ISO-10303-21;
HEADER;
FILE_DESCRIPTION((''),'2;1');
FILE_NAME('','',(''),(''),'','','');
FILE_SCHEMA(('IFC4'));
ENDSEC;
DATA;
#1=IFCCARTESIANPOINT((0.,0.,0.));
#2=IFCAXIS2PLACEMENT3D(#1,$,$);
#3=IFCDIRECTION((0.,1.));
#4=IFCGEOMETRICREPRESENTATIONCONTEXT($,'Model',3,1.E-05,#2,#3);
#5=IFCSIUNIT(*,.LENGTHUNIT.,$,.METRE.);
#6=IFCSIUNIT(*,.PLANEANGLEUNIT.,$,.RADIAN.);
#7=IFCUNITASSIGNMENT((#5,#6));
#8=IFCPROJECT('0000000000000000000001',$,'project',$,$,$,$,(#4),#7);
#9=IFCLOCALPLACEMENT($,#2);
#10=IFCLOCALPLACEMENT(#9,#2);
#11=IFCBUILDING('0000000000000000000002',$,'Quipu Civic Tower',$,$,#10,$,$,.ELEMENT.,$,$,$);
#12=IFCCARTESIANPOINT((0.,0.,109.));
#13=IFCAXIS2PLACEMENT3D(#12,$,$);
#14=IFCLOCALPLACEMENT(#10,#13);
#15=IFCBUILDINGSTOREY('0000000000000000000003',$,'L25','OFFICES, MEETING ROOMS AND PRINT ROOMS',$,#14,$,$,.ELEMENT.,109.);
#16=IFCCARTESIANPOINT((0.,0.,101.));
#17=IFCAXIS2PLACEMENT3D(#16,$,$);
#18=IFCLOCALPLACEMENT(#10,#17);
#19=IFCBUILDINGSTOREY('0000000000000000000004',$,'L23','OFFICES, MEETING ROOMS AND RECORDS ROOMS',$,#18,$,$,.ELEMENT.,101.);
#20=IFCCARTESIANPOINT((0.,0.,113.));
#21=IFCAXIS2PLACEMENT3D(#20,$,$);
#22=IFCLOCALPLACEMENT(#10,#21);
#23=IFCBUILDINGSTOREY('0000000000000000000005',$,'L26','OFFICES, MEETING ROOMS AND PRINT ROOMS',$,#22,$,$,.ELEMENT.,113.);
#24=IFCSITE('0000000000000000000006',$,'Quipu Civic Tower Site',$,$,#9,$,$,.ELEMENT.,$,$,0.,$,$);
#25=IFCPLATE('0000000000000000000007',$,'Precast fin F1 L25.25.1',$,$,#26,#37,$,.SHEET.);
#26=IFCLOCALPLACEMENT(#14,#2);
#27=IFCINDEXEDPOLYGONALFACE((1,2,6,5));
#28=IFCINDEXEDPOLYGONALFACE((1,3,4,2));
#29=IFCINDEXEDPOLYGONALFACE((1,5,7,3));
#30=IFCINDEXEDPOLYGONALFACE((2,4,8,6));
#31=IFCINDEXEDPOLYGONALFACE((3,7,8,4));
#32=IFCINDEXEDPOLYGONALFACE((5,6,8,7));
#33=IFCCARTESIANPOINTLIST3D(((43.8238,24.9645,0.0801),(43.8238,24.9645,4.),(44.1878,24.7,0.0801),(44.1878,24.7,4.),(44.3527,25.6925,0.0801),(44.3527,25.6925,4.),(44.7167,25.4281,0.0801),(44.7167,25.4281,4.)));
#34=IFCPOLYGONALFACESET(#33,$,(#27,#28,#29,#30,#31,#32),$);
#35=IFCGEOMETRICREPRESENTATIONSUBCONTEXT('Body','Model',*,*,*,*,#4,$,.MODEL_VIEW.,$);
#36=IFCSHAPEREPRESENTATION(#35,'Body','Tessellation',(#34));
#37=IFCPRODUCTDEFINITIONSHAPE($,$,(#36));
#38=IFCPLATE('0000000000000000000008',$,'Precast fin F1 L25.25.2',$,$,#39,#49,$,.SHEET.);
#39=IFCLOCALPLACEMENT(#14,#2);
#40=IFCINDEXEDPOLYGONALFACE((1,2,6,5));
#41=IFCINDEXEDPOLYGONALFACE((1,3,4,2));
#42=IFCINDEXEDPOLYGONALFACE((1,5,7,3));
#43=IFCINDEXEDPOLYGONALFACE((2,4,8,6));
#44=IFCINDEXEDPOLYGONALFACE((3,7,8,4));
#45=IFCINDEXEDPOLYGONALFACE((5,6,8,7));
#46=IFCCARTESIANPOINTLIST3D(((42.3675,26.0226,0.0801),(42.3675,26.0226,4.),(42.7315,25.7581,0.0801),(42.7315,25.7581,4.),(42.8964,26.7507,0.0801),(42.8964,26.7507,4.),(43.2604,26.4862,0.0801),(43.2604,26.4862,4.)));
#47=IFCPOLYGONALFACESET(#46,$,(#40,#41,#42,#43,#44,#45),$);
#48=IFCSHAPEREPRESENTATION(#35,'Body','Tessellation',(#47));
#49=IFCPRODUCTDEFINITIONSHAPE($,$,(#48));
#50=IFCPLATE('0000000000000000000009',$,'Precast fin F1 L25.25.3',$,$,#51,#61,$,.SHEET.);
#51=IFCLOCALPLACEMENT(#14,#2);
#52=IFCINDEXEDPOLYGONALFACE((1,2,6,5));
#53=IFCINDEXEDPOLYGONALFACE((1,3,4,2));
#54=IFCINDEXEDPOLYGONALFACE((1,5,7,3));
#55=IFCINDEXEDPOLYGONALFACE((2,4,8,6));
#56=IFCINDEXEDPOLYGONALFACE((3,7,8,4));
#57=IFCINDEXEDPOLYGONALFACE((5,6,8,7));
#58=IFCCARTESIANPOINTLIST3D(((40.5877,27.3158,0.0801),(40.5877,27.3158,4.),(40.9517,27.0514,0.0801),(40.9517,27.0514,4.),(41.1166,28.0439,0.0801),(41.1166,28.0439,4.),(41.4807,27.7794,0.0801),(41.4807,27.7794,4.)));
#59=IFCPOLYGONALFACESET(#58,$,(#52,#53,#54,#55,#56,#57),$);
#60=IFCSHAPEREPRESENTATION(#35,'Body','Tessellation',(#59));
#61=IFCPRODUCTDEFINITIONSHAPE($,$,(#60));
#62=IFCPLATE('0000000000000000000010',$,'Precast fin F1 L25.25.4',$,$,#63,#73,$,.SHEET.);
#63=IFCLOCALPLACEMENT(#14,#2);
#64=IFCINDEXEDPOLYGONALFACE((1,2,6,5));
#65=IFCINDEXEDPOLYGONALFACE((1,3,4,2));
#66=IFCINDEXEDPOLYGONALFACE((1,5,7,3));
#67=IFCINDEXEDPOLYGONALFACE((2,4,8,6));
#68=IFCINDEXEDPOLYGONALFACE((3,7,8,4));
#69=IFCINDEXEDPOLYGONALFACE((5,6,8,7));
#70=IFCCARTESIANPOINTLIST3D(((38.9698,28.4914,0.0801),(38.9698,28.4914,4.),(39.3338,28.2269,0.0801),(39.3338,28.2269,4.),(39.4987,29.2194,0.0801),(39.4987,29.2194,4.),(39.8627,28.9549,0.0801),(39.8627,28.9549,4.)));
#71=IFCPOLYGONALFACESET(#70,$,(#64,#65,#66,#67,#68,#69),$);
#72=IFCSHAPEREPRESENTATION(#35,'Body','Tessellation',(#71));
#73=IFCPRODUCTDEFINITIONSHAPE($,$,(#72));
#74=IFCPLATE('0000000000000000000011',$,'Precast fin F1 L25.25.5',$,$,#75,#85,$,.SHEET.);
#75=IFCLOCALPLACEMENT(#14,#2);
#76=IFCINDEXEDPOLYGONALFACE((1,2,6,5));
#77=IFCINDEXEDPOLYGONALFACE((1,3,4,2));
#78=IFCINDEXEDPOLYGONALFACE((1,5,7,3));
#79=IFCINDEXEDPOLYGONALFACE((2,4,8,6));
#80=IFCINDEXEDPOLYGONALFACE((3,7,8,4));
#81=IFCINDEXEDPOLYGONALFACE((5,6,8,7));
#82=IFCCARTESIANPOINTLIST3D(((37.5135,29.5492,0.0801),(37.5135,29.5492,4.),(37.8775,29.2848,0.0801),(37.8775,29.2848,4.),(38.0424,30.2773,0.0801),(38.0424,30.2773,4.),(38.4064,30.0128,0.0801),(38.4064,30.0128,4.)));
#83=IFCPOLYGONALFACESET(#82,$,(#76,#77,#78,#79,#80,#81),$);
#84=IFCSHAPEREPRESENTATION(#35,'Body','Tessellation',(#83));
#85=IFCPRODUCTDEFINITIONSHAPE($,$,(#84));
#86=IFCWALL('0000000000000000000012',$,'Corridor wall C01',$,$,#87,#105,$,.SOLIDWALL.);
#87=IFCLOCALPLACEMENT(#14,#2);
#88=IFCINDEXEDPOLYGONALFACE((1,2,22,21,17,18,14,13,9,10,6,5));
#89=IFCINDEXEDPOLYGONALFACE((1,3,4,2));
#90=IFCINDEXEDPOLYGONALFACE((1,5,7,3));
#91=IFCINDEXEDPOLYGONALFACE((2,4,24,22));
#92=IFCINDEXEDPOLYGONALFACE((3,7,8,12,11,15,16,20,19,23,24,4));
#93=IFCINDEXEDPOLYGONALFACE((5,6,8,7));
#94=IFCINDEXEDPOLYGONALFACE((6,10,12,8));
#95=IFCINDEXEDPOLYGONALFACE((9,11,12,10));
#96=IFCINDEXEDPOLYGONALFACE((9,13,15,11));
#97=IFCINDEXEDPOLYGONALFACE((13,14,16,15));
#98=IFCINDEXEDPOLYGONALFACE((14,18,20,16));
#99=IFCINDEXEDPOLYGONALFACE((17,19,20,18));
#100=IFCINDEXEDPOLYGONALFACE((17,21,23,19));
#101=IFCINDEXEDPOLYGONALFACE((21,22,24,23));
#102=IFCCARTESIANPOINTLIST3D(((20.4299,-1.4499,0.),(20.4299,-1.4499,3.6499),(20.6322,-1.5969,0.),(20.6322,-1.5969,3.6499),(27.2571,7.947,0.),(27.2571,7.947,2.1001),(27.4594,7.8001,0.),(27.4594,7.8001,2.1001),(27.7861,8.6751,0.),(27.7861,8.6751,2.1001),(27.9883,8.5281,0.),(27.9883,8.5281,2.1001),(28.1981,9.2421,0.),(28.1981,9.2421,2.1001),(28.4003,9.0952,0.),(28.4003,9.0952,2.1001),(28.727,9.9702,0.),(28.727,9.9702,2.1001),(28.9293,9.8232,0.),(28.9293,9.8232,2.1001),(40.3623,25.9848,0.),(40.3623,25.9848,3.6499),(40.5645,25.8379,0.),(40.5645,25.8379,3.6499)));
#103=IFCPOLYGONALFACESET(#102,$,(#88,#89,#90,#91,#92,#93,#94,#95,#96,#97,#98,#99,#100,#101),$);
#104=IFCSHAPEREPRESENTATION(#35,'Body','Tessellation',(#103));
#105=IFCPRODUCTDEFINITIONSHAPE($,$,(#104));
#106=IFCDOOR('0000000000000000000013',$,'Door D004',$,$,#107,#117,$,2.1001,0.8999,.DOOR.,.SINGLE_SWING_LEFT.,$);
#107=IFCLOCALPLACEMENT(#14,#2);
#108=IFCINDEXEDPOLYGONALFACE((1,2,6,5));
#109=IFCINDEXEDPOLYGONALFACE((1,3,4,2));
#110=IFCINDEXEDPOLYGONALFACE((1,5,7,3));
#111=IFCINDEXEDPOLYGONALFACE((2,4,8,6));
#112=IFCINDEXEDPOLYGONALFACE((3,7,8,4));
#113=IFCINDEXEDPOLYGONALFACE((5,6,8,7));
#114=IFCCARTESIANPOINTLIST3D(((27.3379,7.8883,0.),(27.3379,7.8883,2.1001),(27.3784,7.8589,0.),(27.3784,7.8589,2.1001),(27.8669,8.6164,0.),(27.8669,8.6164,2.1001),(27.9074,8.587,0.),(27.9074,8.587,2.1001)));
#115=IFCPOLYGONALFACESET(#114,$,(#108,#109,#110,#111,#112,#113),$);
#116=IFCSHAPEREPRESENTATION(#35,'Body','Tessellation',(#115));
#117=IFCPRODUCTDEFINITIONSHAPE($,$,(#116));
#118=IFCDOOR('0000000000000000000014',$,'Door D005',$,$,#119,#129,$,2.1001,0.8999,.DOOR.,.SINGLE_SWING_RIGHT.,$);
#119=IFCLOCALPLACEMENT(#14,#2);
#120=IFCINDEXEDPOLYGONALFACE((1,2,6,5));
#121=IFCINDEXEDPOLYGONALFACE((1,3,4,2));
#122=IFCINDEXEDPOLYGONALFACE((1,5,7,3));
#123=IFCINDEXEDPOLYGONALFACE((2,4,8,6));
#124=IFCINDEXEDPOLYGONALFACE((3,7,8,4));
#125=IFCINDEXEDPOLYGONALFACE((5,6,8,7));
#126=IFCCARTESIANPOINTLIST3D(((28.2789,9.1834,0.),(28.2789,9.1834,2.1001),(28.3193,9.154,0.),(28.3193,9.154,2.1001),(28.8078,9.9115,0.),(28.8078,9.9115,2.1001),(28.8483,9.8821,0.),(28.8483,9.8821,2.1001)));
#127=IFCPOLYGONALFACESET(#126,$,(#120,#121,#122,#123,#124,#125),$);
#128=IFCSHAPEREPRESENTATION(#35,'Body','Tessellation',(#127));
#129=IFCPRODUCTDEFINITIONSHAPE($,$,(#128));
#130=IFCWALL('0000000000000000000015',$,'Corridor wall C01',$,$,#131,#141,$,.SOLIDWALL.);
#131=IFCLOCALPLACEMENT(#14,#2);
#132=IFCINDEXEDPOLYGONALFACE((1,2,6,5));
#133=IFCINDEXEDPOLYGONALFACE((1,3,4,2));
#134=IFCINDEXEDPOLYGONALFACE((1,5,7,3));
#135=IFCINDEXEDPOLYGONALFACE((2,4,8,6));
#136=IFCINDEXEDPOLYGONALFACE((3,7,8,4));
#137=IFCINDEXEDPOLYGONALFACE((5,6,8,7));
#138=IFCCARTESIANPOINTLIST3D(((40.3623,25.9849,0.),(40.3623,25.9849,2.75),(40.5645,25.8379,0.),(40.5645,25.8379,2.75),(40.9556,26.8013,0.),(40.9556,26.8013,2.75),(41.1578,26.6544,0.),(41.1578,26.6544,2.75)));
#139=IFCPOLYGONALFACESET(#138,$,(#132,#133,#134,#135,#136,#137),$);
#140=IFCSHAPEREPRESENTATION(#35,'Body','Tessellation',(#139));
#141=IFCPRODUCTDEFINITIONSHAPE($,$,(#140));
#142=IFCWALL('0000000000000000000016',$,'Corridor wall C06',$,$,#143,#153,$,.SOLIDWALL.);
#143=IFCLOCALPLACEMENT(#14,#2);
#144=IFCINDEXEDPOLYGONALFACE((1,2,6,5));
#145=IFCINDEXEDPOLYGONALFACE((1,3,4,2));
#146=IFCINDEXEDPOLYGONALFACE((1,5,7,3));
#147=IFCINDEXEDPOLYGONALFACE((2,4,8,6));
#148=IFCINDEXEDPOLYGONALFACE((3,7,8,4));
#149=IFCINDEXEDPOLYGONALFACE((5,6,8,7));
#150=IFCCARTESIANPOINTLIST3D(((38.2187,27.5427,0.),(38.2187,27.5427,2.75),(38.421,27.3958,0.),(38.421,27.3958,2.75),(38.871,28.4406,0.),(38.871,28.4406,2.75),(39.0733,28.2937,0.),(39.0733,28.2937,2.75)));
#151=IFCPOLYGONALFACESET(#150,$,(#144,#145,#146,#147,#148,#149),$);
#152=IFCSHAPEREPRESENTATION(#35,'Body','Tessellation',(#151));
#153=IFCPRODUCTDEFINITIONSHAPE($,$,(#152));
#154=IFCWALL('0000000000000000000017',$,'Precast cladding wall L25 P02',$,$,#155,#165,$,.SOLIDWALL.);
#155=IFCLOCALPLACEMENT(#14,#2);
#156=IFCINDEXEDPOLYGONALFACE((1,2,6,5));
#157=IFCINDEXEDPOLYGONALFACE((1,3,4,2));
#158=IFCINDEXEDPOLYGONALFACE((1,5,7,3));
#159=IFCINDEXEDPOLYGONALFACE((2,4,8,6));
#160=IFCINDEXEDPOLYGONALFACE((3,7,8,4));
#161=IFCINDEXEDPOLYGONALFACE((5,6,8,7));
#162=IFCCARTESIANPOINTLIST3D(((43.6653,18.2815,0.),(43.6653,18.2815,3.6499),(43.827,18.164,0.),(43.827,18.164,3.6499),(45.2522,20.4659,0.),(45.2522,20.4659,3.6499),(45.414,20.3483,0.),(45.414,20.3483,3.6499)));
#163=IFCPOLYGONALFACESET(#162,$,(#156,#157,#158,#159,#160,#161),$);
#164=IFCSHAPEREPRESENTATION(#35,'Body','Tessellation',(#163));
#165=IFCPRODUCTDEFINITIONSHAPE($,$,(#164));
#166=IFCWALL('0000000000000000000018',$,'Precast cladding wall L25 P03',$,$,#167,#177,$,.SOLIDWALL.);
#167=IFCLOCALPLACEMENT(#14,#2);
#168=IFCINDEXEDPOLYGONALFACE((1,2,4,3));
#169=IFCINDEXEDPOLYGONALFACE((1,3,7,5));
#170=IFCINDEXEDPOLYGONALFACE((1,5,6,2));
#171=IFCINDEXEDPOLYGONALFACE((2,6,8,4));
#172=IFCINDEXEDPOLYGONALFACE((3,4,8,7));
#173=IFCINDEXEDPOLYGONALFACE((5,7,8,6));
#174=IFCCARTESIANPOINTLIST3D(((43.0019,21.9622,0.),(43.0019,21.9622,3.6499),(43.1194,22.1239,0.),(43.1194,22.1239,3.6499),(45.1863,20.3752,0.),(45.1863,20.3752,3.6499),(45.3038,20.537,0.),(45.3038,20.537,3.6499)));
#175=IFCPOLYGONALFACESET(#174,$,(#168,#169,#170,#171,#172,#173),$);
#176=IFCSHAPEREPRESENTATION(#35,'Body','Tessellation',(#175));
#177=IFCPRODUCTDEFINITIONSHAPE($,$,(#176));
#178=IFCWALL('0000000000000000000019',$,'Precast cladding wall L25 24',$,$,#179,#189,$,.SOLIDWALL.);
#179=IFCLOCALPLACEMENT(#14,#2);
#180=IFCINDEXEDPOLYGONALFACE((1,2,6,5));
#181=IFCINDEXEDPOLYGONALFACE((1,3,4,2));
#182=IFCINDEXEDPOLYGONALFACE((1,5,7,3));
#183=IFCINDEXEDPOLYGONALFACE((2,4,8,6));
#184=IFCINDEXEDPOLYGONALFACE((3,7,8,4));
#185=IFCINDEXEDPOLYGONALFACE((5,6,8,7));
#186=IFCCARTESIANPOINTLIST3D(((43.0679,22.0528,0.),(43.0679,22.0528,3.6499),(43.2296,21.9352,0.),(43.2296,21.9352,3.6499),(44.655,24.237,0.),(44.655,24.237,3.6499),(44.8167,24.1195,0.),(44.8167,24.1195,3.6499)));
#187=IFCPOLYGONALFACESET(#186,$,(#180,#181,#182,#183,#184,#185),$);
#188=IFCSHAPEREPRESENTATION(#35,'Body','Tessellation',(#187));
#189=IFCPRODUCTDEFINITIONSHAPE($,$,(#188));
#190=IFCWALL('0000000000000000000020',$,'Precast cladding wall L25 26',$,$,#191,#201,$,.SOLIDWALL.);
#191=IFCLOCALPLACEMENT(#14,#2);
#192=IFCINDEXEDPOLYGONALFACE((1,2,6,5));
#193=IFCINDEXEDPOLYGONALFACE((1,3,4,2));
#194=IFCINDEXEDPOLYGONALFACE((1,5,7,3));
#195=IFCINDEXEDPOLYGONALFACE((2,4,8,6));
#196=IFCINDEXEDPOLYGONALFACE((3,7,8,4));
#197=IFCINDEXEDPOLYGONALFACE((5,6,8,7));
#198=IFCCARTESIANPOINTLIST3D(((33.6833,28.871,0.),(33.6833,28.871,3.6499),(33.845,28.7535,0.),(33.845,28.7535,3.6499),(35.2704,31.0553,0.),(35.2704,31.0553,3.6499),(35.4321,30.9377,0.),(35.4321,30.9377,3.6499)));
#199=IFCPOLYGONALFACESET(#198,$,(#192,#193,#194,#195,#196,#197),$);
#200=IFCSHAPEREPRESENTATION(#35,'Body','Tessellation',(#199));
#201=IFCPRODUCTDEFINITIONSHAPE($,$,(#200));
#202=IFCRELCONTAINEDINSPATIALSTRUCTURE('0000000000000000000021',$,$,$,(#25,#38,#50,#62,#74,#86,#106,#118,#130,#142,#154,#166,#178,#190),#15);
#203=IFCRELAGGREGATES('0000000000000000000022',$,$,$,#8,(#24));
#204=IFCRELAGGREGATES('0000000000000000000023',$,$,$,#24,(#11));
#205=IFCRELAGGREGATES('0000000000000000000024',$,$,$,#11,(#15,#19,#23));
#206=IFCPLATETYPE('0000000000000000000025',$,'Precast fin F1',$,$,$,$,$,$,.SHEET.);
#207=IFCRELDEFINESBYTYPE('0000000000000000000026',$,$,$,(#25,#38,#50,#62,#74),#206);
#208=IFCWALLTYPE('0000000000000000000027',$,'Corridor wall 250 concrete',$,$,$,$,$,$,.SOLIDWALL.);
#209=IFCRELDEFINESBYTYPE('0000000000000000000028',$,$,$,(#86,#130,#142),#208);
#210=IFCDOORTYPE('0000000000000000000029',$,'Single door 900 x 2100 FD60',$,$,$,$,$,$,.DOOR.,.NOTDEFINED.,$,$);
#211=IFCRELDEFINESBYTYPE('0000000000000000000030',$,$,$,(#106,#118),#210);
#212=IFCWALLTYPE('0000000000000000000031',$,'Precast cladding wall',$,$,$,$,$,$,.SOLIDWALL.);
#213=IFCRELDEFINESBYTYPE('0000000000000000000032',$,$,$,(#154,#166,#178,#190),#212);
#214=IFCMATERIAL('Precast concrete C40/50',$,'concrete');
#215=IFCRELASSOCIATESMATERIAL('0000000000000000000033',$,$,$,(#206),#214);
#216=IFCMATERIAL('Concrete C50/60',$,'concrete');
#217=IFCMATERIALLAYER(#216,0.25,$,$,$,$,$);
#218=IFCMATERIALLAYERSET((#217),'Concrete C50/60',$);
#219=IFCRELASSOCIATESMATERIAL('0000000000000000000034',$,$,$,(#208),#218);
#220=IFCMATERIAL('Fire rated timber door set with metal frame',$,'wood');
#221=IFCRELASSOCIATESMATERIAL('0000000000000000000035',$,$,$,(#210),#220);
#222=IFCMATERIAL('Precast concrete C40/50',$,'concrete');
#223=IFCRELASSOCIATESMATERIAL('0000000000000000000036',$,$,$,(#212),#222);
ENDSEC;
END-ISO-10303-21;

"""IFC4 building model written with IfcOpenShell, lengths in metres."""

from ifc_helpers import new_model, si_unit, direction, frame, frame_2d, origin, origin_2d, place, context, subcontext, project, spatial, rectangle, extrude, material, layer, layer_set, type_object, element, fill, save


model = new_model("IFC4")

# Units and contexts
model_context = context("Model", 3, precision=1e-05, world=origin(), true_north=direction((0.0, 1.0)))
body_context = subcontext(model_context, "Body", "Model", "MODEL_VIEW")
ifc_project = project(units=[si_unit("LENGTHUNIT", "METRE"), si_unit("PLANEANGLEUNIT", "RADIAN")], contexts=[model_context])

# Site, building, storey
site_placement = place(None, origin())
site = spatial("IfcSite", under=ifc_project, at=site_placement, Name="Quipu Civic Tower Site", CompositionType="ELEMENT", RefElevation=0.0)
building_placement = place(site_placement, origin())
building = spatial("IfcBuilding", under=site, at=building_placement, Name="Quipu Civic Tower", CompositionType="ELEMENT")
storey_1_placement = place(building_placement, frame((0.0, 0.0, 109.0)))
storey_1 = spatial("IfcBuildingStorey", under=building, at=storey_1_placement, Name="L25", Description="OFFICES, MEETING ROOMS AND PRINT ROOMS", CompositionType="ELEMENT", Elevation=109.0)

# Shared definitions
storey_2_placement = place(building_placement, frame((0.0, 0.0, 101.0)))
storey_2 = spatial("IfcBuildingStorey", under=building, at=storey_2_placement, Name="L23", Description="OFFICES, MEETING ROOMS AND RECORDS ROOMS", CompositionType="ELEMENT", Elevation=101.0)

# Shared definitions
storey_3_placement = place(building_placement, frame((0.0, 0.0, 113.0)))
storey_3 = spatial("IfcBuildingStorey", under=building, at=storey_3_placement, Name="L26", Description="OFFICES, MEETING ROOMS AND PRINT ROOMS", CompositionType="ELEMENT", Elevation=113.0)

# Plates
ifc_material_1 = material(Name="Precast concrete C40/50", Category="concrete")
plate_type_1 = type_object("IfcPlateType", Name="Precast fin F1", PredefinedType="SHEET", material=ifc_material_1)
for number, where, z_axis, x_axis, name in (
    (1, (44.2703, 25.1963, 0.0801), (0.0, 0.0, 1.0), (-0.809017, 0.587785, 0.0), "Precast fin F1 L25.25.1"),
    (2, (42.814, 26.2544, 0.0801), (0.0, 0.0, 1.0), (-0.809017, 0.587785, 0.0), "Precast fin F1 L25.25.2"),
    (3, (41.0342, 27.5476, 0.0801), (0.0, 0.0, 1.0), (-0.809017, 0.587785, 0.0), "Precast fin F1 L25.25.3"),
    (4, (39.4163, 28.7231, 0.0801), (0.0, 0.0, 1.0), (-0.809017, 0.587785, 0.0), "Precast fin F1 L25.25.4"),
    (5, (37.96, 29.781, 0.0801), (0.0, 0.0, 1.0), (-0.809017, 0.587785, 0.0), "Precast fin F1 L25.25.5"),
):
    element("IfcPlate", number, at=place(storey_1_placement, frame(where, z_axis=z_axis, x_axis=x_axis)), inside=storey_1, type_object=plate_type_1, Name=name, PredefinedType="SHEET", context=body_context, shape_type="SweptSolid", body=[
        extrude(rectangle(XDim=0.45, YDim=0.8999, at=origin_2d()), origin(), (0.0, 0.0, 1.0), 3.9199),
    ])

# Wall, openings, doors
ifc_material_2 = material(Name="Concrete C50/60", Category="concrete")
ifc_layer_1 = layer(ifc_material_2, 0.25)
ifc_layer_set_1 = layer_set([ifc_layer_1], Name="Concrete C50/60")
wall_type_1 = type_object("IfcWallType", Name="Corridor wall 250 concrete", PredefinedType="SOLIDWALL", material=ifc_layer_set_1)
wall_1_placement = place(storey_1_placement, frame((40.4634, 25.9114, 0.0), z_axis=(0.0, 0.0, 1.0), x_axis=(-0.587782, -0.80902, 0.0)))
wall_1 = element("IfcWall", 6, at=wall_1_placement, inside=storey_1, type_object=wall_type_1, Name="Corridor wall C01", PredefinedType="SOLIDWALL", context=body_context, shape_type="SweptSolid", body=[
    extrude(rectangle(XDim=33.9111, YDim=0.25, at=frame_2d((16.9556, 0.0))), origin(), (0.0, 0.0, 1.0), 3.6499),
])
opening_1_placement = place(wall_1_placement, frame((21.396, 0.0, 0.0)))
opening_1 = element("IfcOpeningElement", 7, at=opening_1_placement, cuts=wall_1, PredefinedType="OPENING", context=body_context, shape_type="SweptSolid", body=[
    extrude(rectangle(XDim=0.8999, YDim=2.1001, at=frame_2d((0.45, 1.05))), frame((0.0, 0.135, 0.0), z_axis=(0.0, -1.0, 0.0), x_axis=(1.0, 0.0, 0.0)), (0.0, 0.0, 1.0), 0.27),
])
opening_2_placement = place(wall_1_placement, frame((19.7952, 0.0, 0.0)))
opening_2 = element("IfcOpeningElement", 8, at=opening_2_placement, cuts=wall_1, PredefinedType="OPENING", context=body_context, shape_type="SweptSolid", body=[
    extrude(rectangle(XDim=0.8999, YDim=2.1001, at=frame_2d((0.45, 1.05))), frame((0.0, 0.135, 0.0), z_axis=(0.0, -1.0, 0.0), x_axis=(1.0, 0.0, 0.0)), (0.0, 0.0, 1.0), 0.27),
])
ifc_material_3 = material(Name="Fire rated timber door set with metal frame", Category="wood")
door_type = type_object("IfcDoorType", Name="Single door 900 x 2100 FD60", OperationType="NOTDEFINED", PredefinedType="DOOR", material=ifc_material_3)
door_1_placement = place(opening_1_placement, origin())
door_1 = element("IfcDoor", 9, at=door_1_placement, inside=storey_1, type_object=door_type, Name="Door D004", OperationType="SINGLE_SWING_LEFT", OverallHeight=2.1001, OverallWidth=0.8999, PredefinedType="DOOR", context=body_context, shape_type="SweptSolid", body=[
    extrude(rectangle(XDim=0.8999, YDim=2.1001, at=frame_2d((0.45, 1.05))), frame((0.0, 0.0249, 0.0), z_axis=(0.0, -1.0, 0.0), x_axis=(1.0, 0.0, 0.0)), (0.0, 0.0, 1.0), 0.05),
])
fill(opening_1, door_1)
door_2_placement = place(opening_2_placement, origin())
door_2 = element("IfcDoor", 10, at=door_2_placement, inside=storey_1, type_object=door_type, Name="Door D005", OperationType="SINGLE_SWING_RIGHT", OverallHeight=2.1001, OverallWidth=0.8999, PredefinedType="DOOR", context=body_context, shape_type="SweptSolid", body=[
    extrude(rectangle(XDim=0.8999, YDim=2.1001, at=frame_2d((0.45, 1.05))), frame((0.0, 0.0249, 0.0), z_axis=(0.0, -1.0, 0.0), x_axis=(1.0, 0.0, 0.0)), (0.0, 0.0, 1.0), 0.05),
])
fill(opening_2, door_2)

# Walls
wall_2_placement = place(storey_1_placement, frame((40.4634, 25.9114, 0.0), z_axis=(0.0, 0.0, 1.0), x_axis=(0.587855, 0.808966, 0.0)))
element("IfcWall", 11, at=wall_2_placement, inside=storey_1, type_object=wall_type_1, Name="Corridor wall C01", PredefinedType="SOLIDWALL", context=body_context, shape_type="SweptSolid", body=[
    extrude(rectangle(XDim=1.0093, YDim=0.25, at=frame_2d((0.5046, 0.0))), origin(), (0.0, 0.0, 1.0), 2.75),
])
wall_3_placement = place(storey_1_placement, frame((38.3198, 27.4692, 0.0), z_axis=(0.0, 0.0, 1.0), x_axis=(0.587753, 0.80904, 0.0)))
element("IfcWall", 12, at=wall_3_placement, inside=storey_1, type_object=wall_type_1, Name="Corridor wall C06", PredefinedType="SOLIDWALL", context=body_context, shape_type="SweptSolid", body=[
    extrude(rectangle(XDim=1.1099, YDim=0.25, at=frame_2d((0.5549, 0.0))), origin(), (0.0, 0.0, 1.0), 2.75),
])
ifc_material_4 = material(Name="Precast concrete C40/50", Category="concrete")
wall_type_2 = type_object("IfcWallType", Name="Precast cladding wall", PredefinedType="SOLIDWALL", material=ifc_material_4)
for number, where, z_axis, x_axis, name in (
    (13, (43.7461, 18.2227, 0.0), (0.0, 0.0, 1.0), (0.587763, 0.809033, 0.0), "Precast cladding wall L25 P02"),
    (14, (45.2451, 20.4561, 0.0), (0.0, 0.0, 1.0), (-0.809033, 0.587763, 0.0), "Precast cladding wall L25 P03"),
    (15, (43.1487, 21.9939, 0.0), (0.0, 0.0, 1.0), (0.587822, 0.80899, 0.0), "Precast cladding wall L25 24"),
    (16, (35.3513, 30.9966, 0.0), (0.0, 0.0, 1.0), (-0.587822, -0.80899, 0.0), "Precast cladding wall L25 26"),
):
    element("IfcWall", number, at=place(storey_1_placement, frame(where, z_axis=z_axis, x_axis=x_axis)), inside=storey_1, type_object=wall_type_2, Name=name, PredefinedType="SOLIDWALL", context=body_context, shape_type="SweptSolid", body=[
        extrude(rectangle(XDim=2.7, YDim=0.2, at=frame_2d((1.3501, 0.0))), origin(), (0.0, 0.0, 1.0), 3.6499),
    ])

save(model, "model.ifc")
